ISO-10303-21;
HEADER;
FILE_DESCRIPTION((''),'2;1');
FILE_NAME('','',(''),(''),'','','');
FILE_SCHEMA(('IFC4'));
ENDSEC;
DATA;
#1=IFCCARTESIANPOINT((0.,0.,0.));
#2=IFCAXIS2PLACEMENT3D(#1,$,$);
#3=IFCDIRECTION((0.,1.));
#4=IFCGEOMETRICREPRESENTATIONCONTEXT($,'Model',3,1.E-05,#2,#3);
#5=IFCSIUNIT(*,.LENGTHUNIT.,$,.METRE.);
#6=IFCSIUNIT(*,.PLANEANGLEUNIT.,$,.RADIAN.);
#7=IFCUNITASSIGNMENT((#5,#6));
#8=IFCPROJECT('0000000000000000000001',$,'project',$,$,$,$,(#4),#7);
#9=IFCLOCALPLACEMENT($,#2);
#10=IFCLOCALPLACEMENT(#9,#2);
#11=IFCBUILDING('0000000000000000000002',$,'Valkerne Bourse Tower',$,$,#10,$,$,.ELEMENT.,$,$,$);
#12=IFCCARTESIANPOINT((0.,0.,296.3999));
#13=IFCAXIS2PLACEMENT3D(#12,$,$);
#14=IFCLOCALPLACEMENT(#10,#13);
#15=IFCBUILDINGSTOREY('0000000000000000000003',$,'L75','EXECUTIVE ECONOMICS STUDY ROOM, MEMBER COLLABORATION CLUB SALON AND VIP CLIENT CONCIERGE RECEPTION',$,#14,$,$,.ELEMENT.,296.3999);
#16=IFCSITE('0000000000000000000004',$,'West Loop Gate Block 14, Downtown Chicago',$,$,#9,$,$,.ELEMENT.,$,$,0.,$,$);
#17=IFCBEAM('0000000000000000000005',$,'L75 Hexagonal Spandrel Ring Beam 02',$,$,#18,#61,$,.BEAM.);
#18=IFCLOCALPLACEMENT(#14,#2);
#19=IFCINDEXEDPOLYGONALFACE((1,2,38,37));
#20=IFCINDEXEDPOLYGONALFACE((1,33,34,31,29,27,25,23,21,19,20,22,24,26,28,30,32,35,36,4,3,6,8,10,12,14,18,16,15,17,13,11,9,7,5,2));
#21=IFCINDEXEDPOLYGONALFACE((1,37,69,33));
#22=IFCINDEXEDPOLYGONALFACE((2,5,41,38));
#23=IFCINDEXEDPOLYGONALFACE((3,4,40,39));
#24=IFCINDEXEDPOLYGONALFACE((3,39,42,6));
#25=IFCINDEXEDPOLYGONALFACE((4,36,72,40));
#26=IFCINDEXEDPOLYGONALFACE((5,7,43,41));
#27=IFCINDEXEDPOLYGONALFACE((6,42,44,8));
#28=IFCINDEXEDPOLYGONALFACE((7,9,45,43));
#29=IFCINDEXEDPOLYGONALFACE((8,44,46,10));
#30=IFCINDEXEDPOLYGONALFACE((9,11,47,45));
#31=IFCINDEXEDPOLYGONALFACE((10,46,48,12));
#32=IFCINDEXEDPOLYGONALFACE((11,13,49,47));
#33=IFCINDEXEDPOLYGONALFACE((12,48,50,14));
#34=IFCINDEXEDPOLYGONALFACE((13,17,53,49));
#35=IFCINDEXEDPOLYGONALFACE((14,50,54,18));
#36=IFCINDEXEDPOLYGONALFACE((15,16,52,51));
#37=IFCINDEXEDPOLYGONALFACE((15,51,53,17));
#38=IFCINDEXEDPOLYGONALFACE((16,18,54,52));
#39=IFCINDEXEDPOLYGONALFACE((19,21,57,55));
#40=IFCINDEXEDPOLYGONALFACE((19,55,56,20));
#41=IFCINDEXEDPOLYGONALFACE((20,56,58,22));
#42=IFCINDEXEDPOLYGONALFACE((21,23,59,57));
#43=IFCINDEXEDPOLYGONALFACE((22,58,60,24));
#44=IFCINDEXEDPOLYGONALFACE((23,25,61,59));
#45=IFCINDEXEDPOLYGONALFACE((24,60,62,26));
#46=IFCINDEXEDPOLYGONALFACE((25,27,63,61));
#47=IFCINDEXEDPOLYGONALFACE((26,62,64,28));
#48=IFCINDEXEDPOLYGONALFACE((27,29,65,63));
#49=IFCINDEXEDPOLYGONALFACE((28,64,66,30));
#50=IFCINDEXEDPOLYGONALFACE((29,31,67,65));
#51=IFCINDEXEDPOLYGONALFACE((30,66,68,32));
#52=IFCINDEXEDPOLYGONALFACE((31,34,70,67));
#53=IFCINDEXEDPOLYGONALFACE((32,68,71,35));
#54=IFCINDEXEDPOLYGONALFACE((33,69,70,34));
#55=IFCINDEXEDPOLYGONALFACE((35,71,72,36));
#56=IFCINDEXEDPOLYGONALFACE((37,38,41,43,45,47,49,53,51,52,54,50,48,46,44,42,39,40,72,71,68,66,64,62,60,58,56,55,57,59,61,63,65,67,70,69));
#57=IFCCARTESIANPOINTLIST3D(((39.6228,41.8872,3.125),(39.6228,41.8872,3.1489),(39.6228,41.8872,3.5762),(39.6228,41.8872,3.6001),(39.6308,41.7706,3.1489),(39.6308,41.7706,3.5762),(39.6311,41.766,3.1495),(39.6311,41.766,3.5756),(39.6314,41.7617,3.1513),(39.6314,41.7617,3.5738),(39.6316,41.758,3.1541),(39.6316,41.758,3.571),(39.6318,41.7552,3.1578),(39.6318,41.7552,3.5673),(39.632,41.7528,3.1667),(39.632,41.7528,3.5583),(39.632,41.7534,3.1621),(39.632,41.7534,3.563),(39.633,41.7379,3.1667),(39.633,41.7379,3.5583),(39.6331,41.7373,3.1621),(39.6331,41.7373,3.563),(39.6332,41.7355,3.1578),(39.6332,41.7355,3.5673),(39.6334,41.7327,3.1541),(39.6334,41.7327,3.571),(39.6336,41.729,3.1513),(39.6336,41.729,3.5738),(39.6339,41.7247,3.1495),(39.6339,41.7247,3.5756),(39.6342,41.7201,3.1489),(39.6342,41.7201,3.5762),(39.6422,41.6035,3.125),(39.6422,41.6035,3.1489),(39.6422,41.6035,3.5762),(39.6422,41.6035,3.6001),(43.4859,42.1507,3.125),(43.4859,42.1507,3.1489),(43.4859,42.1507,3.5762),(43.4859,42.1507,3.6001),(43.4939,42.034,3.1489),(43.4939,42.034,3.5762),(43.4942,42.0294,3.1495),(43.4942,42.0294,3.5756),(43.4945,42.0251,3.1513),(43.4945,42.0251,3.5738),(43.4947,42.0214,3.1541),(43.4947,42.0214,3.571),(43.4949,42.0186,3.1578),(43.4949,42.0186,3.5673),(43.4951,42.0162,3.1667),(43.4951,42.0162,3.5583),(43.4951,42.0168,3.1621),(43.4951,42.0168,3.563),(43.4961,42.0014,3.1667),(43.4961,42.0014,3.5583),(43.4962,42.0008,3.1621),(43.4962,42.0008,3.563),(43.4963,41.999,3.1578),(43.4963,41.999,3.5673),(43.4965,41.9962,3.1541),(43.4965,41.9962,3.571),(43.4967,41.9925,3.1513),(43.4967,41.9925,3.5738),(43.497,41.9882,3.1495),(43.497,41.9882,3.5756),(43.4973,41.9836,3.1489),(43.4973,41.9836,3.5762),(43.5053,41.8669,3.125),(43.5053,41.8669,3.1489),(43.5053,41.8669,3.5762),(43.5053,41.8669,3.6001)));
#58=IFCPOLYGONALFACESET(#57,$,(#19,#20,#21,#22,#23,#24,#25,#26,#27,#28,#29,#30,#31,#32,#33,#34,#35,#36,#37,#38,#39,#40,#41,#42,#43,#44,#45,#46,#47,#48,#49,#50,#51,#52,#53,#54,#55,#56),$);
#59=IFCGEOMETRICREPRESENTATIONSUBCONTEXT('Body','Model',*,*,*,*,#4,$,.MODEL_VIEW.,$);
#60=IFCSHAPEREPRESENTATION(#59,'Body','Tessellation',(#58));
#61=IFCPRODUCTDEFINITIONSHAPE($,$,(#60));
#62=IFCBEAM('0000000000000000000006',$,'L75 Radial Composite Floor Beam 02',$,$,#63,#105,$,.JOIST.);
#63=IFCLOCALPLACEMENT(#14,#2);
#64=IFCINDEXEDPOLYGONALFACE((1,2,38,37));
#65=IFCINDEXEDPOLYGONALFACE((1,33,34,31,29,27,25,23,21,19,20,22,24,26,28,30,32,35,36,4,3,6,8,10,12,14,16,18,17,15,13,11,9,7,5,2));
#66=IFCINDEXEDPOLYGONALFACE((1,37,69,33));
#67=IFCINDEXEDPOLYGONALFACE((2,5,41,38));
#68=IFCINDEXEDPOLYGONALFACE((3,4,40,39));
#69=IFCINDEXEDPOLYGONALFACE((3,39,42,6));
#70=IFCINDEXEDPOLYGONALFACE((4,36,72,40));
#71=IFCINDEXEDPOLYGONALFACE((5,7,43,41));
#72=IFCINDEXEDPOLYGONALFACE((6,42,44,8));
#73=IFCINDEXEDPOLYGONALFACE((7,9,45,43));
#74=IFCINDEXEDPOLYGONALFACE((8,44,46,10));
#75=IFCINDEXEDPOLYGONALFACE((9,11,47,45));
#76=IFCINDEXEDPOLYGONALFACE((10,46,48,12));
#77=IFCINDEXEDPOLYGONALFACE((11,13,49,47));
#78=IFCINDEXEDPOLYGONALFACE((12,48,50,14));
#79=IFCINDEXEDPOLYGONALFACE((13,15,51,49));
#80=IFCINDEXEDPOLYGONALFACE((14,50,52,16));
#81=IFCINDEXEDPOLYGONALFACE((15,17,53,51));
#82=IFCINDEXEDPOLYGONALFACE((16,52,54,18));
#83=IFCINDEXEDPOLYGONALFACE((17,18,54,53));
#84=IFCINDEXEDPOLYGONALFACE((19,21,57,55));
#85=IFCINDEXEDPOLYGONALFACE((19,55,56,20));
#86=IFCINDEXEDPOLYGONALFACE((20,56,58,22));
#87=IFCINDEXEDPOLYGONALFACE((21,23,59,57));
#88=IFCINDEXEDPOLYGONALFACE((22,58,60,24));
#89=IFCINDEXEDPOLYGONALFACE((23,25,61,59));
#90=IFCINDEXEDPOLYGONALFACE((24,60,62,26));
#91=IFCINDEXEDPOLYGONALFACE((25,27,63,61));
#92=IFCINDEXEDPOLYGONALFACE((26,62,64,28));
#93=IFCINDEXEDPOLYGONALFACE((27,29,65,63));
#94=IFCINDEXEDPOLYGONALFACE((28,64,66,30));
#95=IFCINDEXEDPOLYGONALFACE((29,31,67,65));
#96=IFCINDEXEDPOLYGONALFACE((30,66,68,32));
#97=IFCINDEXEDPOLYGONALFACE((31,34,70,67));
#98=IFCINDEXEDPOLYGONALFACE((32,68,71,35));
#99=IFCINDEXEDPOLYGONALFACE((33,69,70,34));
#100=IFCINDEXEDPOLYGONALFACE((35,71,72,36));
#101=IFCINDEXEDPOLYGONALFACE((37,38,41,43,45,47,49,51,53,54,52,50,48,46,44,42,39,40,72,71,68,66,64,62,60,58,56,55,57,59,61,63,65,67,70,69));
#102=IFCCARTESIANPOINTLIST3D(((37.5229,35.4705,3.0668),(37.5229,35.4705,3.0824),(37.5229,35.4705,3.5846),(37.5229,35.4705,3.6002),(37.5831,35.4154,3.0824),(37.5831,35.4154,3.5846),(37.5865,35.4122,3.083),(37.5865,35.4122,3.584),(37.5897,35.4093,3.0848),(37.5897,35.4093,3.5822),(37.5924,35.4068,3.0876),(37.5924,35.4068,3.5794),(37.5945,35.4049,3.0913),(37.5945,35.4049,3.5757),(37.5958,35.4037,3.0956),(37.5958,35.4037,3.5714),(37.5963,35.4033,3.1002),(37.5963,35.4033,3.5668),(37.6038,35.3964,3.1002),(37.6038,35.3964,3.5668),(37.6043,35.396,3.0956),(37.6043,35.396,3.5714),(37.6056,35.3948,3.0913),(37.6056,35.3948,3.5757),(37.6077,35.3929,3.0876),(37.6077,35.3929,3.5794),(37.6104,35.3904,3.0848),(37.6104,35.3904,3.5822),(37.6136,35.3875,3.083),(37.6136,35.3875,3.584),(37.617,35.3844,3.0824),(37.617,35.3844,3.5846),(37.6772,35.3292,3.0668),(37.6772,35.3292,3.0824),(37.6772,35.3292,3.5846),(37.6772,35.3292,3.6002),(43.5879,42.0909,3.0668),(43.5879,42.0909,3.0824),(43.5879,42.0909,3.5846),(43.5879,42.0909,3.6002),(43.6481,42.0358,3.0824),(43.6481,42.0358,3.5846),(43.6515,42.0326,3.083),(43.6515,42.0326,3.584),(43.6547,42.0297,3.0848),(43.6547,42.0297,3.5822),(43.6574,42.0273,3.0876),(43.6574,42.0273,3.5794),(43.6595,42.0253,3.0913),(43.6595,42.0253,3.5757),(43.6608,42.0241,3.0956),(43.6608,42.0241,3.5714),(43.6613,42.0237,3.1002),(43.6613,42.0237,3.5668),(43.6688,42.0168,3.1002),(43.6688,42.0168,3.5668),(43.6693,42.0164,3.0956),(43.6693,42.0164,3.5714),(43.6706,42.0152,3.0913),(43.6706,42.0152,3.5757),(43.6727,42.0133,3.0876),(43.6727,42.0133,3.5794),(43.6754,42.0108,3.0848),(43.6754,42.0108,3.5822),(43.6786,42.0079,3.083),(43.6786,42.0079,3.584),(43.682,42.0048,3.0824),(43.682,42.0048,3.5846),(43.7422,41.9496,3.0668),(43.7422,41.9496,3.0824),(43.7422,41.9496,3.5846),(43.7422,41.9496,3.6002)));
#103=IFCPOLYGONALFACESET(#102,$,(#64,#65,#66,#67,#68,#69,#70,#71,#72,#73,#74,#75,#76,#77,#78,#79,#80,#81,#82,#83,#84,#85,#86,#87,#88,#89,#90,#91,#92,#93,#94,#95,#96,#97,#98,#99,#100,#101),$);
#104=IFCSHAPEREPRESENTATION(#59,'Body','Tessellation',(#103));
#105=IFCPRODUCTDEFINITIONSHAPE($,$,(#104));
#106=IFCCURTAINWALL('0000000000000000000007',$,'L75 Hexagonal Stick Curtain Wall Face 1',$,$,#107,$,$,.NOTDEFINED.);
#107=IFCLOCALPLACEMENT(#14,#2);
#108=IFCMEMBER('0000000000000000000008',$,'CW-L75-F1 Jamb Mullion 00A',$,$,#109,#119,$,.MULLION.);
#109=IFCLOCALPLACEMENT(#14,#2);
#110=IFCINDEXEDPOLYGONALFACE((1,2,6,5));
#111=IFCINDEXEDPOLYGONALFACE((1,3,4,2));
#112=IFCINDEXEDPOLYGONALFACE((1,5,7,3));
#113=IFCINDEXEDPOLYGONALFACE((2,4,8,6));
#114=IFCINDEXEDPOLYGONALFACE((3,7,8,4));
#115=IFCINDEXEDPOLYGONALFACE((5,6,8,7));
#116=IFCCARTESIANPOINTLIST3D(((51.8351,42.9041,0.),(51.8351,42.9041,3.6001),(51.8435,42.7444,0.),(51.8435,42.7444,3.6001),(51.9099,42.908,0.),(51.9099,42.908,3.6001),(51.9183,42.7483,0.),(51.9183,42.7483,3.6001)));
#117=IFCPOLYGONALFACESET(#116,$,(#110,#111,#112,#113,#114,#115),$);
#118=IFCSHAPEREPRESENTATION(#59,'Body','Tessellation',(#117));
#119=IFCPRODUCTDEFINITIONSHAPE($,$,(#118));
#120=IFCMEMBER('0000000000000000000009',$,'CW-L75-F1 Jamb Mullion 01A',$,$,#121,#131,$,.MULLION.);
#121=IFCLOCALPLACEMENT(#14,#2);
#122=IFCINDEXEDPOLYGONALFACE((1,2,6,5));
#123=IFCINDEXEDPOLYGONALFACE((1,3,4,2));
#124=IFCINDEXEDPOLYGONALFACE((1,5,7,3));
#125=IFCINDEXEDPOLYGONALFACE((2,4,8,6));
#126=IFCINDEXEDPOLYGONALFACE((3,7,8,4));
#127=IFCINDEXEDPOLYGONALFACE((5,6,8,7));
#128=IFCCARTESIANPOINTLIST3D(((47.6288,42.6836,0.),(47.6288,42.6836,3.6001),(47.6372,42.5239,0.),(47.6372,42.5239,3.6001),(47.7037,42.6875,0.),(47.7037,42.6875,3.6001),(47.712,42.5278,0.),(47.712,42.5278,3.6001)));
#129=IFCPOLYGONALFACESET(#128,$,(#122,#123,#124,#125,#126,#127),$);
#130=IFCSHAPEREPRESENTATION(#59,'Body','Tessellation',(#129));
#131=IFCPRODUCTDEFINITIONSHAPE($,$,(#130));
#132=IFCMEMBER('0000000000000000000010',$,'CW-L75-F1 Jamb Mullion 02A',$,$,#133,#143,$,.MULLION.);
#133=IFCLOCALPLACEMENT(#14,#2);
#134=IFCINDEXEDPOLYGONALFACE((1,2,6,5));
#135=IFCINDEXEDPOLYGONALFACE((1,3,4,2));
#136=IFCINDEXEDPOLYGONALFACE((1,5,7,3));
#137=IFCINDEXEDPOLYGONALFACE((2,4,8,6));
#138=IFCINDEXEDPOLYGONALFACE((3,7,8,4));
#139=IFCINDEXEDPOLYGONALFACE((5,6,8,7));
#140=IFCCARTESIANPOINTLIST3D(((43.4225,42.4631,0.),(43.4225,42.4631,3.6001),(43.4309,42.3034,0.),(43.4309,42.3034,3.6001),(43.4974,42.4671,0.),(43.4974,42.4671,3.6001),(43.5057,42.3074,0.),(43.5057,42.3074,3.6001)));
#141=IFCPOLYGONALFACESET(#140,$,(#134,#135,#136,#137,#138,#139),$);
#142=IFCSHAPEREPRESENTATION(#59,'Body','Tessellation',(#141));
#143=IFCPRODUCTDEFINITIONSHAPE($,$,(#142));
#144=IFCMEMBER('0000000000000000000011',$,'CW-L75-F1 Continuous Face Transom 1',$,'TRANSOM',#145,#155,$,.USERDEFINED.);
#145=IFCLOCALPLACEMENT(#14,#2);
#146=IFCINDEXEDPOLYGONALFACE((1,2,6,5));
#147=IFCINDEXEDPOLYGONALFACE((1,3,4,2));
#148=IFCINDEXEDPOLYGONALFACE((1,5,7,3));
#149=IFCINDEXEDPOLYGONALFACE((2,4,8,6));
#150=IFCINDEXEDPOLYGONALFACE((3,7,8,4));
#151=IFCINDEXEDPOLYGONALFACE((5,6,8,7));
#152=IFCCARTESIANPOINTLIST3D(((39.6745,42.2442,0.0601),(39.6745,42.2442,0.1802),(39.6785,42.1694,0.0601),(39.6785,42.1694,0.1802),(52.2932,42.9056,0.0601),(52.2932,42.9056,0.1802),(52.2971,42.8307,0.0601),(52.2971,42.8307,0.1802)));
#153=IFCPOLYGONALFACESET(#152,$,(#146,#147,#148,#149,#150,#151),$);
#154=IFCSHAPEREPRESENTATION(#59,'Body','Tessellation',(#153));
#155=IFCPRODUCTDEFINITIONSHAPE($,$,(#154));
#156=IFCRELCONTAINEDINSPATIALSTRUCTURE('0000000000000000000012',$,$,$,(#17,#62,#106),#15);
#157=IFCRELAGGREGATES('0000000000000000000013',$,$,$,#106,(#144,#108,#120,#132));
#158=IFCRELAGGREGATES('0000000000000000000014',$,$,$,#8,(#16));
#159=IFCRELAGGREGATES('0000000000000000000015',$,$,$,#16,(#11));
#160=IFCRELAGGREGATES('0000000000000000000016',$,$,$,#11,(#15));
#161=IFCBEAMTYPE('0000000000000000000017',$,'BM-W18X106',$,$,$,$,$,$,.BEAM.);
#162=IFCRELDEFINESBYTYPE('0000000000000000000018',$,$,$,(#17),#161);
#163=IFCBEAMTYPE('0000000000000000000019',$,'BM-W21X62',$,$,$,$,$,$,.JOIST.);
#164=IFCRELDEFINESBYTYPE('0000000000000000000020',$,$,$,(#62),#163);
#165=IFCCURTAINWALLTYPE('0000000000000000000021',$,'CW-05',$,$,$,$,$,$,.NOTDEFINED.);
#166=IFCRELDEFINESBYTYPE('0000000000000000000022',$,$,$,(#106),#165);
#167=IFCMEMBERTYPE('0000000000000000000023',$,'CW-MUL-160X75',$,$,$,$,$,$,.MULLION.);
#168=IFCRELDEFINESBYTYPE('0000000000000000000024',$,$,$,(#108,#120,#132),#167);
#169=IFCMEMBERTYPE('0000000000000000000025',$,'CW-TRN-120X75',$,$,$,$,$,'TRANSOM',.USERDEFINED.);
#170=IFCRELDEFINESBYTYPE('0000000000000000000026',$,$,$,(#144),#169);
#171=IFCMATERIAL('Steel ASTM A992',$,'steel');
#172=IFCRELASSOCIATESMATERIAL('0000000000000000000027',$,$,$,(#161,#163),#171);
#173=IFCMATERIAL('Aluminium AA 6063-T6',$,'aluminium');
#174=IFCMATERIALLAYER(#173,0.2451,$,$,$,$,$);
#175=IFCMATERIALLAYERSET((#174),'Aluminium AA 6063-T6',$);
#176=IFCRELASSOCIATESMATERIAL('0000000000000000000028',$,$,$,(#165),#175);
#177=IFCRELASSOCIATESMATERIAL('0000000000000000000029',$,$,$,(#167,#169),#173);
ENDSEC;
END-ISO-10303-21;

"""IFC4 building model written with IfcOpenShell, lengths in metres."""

from ifc_helpers import new_model, si_unit, direction, frame, origin, origin_2d, place, context, subcontext, project, spatial, rectangle, i_section, extrude, material, layer, layer_set, material_profile, profile_set, type_object, element, aggregate, save


model = new_model("IFC4")

# Units and contexts
model_context = context("Model", 3, precision=1e-05, world=origin(), true_north=direction((0.0, 1.0)))
body_context = subcontext(model_context, "Body", "Model", "MODEL_VIEW")
ifc_project = project(units=[si_unit("LENGTHUNIT", "METRE"), si_unit("PLANEANGLEUNIT", "RADIAN")], contexts=[model_context])

# Site, building, storey
site_placement = place(None, origin())
site = spatial("IfcSite", under=ifc_project, at=site_placement, Name="West Loop Gate Block 14, Downtown Chicago", CompositionType="ELEMENT", RefElevation=0.0)
building_placement = place(site_placement, origin())
building = spatial("IfcBuilding", under=site, at=building_placement, Name="Valkerne Bourse Tower", CompositionType="ELEMENT")
storey_placement = place(building_placement, frame((0.0, 0.0, 296.3999)))
storey = spatial("IfcBuildingStorey", under=building, at=storey_placement, Name="L75", Description="EXECUTIVE ECONOMICS STUDY ROOM, MEMBER COLLABORATION CLUB SALON AND VIP CLIENT CONCIERGE RECEPTION", CompositionType="ELEMENT", Elevation=296.3999)

# Beams
ifc_material_1 = material(Name="Steel ASTM A992", Category="steel")
ifc_material_profile_1 = material_profile(ifc_material_1, i_section(OverallWidth=0.2844, OverallDepth=0.4751, WebThickness=0.0149, FlangeThickness=0.0239, FilletRadius=0.0178, at=origin_2d()), Name="W18X106")
ifc_profile_set_1 = profile_set([ifc_material_profile_1], Name="Steel ASTM A992")
beam_type_1 = type_object("IfcBeamType", Name="BM-W18X106", PredefinedType="BEAM", material=ifc_profile_set_1)
for number, where, z_axis, x_axis, name in (
    (1, (43.4956, 42.0088, 3.3625), (-0.997683, -0.068034, 0.0), (0.068034, -0.997683, 0.0), "L75 Hexagonal Spandrel Ring Beam 02"),
):
    element("IfcBeam", number, at=place(storey_placement, frame(where, z_axis=z_axis, x_axis=x_axis)), inside=storey, type_object=beam_type_1, Name=name, PredefinedType="BEAM", context=body_context, shape_type="SweptSolid", body=[
        extrude(i_section(OverallWidth=0.2844, OverallDepth=0.4751, WebThickness=0.0149, FlangeThickness=0.0239, FilletRadius=0.0178, at=origin_2d()), origin(), (0.0, 0.0, 1.0), 3.8721),
    ])
ifc_material_profile_2 = material_profile(ifc_material_1, i_section(OverallWidth=0.2092, OverallDepth=0.5334, WebThickness=0.0103, FlangeThickness=0.0156, FilletRadius=0.0178, at=origin_2d()), Name="W21X62")
ifc_profile_set_2 = profile_set([ifc_material_profile_2], Name="Steel ASTM A992")
beam_type_2 = type_object("IfcBeamType", Name="BM-W21X62", PredefinedType="JOIST", material=ifc_profile_set_2)
beam_1_placement = place(storey_placement, frame((43.665, 42.0203, 3.3335), z_axis=(-0.675499, -0.737361, 0.0), x_axis=(0.737361, -0.675499, 0.0)))
element("IfcBeam", 2, at=beam_1_placement, inside=storey, type_object=beam_type_2, Name="L75 Radial Composite Floor Beam 02", PredefinedType="JOIST", context=body_context, shape_type="SweptSolid", body=[
    extrude(i_section(OverallWidth=0.2092, OverallDepth=0.5334, WebThickness=0.0103, FlangeThickness=0.0156, FilletRadius=0.0178, at=origin_2d()), origin(), (0.0, 0.0, 1.0), 8.9785),
])

# Curtain wall, members
ifc_material_2 = material(Name="Aluminium AA 6063-T6", Category="aluminium")
ifc_layer_1 = layer(ifc_material_2, 0.2451)
ifc_layer_set_1 = layer_set([ifc_layer_1], Name="Aluminium AA 6063-T6")
curtain_wall_type = type_object("IfcCurtainWallType", Name="CW-05", PredefinedType="NOTDEFINED", material=ifc_layer_set_1)
curtain_wall_placement = place(storey_placement, origin())
curtain_wall = element("IfcCurtainWall", 3, at=curtain_wall_placement, inside=storey, type_object=curtain_wall_type, Name="L75 Hexagonal Stick Curtain Wall Face 1", PredefinedType="NOTDEFINED")
ifc_material_profile_3 = material_profile(ifc_material_2, rectangle(XDim=0.075, YDim=0.1599, at=origin_2d()), Name="CWM-75X160")
ifc_profile_set_3 = profile_set([ifc_material_profile_3], Name="Aluminium AA 6063-T6")
member_type_1 = type_object("IfcMemberType", Name="CW-MUL-160X75", PredefinedType="MULLION", material=ifc_profile_set_3)
member_1_placement = place(storey_placement, frame((51.8767, 42.8262, 0.0), z_axis=(0.0, 0.0, 1.0), x_axis=(-0.998629, -0.052351, 0.0)))
member_1 = element("IfcMember", 4, at=member_1_placement, type_object=member_type_1, Name="CW-L75-F1 Jamb Mullion 00A", PredefinedType="MULLION", context=body_context, shape_type="SweptSolid", body=[
    extrude(rectangle(XDim=0.075, YDim=0.1599, at=origin_2d()), origin(), (0.0, 0.0, 1.0), 3.6001),
])
member_2_placement = place(storey_placement, frame((47.6704, 42.6057, 0.0), z_axis=(0.0, 0.0, 1.0), x_axis=(-0.99863, -0.052326, 0.0)))
member_2 = element("IfcMember", 5, at=member_2_placement, type_object=member_type_1, Name="CW-L75-F1 Jamb Mullion 01A", PredefinedType="MULLION", context=body_context, shape_type="SweptSolid", body=[
    extrude(rectangle(XDim=0.075, YDim=0.1599, at=origin_2d()), origin(), (0.0, 0.0, 1.0), 3.6001),
])
member_3_placement = place(storey_placement, frame((43.4641, 42.3853, 0.0), z_axis=(0.0, 0.0, 1.0), x_axis=(-0.99863, -0.052327, 0.0)))
member_3 = element("IfcMember", 6, at=member_3_placement, type_object=member_type_1, Name="CW-L75-F1 Jamb Mullion 02A", PredefinedType="MULLION", context=body_context, shape_type="SweptSolid", body=[
    extrude(rectangle(XDim=0.075, YDim=0.1599, at=origin_2d()), origin(), (0.0, 0.0, 1.0), 3.6001),
])
ifc_material_profile_4 = material_profile(ifc_material_2, rectangle(XDim=0.075, YDim=0.1201, at=origin_2d()), Name="CWT-75X120")
ifc_profile_set_4 = profile_set([ifc_material_profile_4], Name="Aluminium AA 6063-T6")
member_type_2 = type_object("IfcMemberType", Name="CW-TRN-120X75", ElementType="TRANSOM", PredefinedType="USERDEFINED", material=ifc_profile_set_4)
member_4_placement = place(storey_placement, frame((52.2952, 42.8682, 0.1201), z_axis=(-0.998629, -0.052341, 0.0), x_axis=(0.052341, -0.998629, 0.0)))
member_4 = element("IfcMember", 7, at=member_4_placement, type_object=member_type_2, Name="CW-L75-F1 Continuous Face Transom 1", ObjectType="TRANSOM", PredefinedType="USERDEFINED", context=body_context, shape_type="SweptSolid", body=[
    extrude(rectangle(XDim=0.075, YDim=0.1201, at=origin_2d()), origin(), (0.0, 0.0, 1.0), 12.636),
])

aggregate(curtain_wall, [member_4, member_1, member_2, member_3])

save(model, "model.ifc")
